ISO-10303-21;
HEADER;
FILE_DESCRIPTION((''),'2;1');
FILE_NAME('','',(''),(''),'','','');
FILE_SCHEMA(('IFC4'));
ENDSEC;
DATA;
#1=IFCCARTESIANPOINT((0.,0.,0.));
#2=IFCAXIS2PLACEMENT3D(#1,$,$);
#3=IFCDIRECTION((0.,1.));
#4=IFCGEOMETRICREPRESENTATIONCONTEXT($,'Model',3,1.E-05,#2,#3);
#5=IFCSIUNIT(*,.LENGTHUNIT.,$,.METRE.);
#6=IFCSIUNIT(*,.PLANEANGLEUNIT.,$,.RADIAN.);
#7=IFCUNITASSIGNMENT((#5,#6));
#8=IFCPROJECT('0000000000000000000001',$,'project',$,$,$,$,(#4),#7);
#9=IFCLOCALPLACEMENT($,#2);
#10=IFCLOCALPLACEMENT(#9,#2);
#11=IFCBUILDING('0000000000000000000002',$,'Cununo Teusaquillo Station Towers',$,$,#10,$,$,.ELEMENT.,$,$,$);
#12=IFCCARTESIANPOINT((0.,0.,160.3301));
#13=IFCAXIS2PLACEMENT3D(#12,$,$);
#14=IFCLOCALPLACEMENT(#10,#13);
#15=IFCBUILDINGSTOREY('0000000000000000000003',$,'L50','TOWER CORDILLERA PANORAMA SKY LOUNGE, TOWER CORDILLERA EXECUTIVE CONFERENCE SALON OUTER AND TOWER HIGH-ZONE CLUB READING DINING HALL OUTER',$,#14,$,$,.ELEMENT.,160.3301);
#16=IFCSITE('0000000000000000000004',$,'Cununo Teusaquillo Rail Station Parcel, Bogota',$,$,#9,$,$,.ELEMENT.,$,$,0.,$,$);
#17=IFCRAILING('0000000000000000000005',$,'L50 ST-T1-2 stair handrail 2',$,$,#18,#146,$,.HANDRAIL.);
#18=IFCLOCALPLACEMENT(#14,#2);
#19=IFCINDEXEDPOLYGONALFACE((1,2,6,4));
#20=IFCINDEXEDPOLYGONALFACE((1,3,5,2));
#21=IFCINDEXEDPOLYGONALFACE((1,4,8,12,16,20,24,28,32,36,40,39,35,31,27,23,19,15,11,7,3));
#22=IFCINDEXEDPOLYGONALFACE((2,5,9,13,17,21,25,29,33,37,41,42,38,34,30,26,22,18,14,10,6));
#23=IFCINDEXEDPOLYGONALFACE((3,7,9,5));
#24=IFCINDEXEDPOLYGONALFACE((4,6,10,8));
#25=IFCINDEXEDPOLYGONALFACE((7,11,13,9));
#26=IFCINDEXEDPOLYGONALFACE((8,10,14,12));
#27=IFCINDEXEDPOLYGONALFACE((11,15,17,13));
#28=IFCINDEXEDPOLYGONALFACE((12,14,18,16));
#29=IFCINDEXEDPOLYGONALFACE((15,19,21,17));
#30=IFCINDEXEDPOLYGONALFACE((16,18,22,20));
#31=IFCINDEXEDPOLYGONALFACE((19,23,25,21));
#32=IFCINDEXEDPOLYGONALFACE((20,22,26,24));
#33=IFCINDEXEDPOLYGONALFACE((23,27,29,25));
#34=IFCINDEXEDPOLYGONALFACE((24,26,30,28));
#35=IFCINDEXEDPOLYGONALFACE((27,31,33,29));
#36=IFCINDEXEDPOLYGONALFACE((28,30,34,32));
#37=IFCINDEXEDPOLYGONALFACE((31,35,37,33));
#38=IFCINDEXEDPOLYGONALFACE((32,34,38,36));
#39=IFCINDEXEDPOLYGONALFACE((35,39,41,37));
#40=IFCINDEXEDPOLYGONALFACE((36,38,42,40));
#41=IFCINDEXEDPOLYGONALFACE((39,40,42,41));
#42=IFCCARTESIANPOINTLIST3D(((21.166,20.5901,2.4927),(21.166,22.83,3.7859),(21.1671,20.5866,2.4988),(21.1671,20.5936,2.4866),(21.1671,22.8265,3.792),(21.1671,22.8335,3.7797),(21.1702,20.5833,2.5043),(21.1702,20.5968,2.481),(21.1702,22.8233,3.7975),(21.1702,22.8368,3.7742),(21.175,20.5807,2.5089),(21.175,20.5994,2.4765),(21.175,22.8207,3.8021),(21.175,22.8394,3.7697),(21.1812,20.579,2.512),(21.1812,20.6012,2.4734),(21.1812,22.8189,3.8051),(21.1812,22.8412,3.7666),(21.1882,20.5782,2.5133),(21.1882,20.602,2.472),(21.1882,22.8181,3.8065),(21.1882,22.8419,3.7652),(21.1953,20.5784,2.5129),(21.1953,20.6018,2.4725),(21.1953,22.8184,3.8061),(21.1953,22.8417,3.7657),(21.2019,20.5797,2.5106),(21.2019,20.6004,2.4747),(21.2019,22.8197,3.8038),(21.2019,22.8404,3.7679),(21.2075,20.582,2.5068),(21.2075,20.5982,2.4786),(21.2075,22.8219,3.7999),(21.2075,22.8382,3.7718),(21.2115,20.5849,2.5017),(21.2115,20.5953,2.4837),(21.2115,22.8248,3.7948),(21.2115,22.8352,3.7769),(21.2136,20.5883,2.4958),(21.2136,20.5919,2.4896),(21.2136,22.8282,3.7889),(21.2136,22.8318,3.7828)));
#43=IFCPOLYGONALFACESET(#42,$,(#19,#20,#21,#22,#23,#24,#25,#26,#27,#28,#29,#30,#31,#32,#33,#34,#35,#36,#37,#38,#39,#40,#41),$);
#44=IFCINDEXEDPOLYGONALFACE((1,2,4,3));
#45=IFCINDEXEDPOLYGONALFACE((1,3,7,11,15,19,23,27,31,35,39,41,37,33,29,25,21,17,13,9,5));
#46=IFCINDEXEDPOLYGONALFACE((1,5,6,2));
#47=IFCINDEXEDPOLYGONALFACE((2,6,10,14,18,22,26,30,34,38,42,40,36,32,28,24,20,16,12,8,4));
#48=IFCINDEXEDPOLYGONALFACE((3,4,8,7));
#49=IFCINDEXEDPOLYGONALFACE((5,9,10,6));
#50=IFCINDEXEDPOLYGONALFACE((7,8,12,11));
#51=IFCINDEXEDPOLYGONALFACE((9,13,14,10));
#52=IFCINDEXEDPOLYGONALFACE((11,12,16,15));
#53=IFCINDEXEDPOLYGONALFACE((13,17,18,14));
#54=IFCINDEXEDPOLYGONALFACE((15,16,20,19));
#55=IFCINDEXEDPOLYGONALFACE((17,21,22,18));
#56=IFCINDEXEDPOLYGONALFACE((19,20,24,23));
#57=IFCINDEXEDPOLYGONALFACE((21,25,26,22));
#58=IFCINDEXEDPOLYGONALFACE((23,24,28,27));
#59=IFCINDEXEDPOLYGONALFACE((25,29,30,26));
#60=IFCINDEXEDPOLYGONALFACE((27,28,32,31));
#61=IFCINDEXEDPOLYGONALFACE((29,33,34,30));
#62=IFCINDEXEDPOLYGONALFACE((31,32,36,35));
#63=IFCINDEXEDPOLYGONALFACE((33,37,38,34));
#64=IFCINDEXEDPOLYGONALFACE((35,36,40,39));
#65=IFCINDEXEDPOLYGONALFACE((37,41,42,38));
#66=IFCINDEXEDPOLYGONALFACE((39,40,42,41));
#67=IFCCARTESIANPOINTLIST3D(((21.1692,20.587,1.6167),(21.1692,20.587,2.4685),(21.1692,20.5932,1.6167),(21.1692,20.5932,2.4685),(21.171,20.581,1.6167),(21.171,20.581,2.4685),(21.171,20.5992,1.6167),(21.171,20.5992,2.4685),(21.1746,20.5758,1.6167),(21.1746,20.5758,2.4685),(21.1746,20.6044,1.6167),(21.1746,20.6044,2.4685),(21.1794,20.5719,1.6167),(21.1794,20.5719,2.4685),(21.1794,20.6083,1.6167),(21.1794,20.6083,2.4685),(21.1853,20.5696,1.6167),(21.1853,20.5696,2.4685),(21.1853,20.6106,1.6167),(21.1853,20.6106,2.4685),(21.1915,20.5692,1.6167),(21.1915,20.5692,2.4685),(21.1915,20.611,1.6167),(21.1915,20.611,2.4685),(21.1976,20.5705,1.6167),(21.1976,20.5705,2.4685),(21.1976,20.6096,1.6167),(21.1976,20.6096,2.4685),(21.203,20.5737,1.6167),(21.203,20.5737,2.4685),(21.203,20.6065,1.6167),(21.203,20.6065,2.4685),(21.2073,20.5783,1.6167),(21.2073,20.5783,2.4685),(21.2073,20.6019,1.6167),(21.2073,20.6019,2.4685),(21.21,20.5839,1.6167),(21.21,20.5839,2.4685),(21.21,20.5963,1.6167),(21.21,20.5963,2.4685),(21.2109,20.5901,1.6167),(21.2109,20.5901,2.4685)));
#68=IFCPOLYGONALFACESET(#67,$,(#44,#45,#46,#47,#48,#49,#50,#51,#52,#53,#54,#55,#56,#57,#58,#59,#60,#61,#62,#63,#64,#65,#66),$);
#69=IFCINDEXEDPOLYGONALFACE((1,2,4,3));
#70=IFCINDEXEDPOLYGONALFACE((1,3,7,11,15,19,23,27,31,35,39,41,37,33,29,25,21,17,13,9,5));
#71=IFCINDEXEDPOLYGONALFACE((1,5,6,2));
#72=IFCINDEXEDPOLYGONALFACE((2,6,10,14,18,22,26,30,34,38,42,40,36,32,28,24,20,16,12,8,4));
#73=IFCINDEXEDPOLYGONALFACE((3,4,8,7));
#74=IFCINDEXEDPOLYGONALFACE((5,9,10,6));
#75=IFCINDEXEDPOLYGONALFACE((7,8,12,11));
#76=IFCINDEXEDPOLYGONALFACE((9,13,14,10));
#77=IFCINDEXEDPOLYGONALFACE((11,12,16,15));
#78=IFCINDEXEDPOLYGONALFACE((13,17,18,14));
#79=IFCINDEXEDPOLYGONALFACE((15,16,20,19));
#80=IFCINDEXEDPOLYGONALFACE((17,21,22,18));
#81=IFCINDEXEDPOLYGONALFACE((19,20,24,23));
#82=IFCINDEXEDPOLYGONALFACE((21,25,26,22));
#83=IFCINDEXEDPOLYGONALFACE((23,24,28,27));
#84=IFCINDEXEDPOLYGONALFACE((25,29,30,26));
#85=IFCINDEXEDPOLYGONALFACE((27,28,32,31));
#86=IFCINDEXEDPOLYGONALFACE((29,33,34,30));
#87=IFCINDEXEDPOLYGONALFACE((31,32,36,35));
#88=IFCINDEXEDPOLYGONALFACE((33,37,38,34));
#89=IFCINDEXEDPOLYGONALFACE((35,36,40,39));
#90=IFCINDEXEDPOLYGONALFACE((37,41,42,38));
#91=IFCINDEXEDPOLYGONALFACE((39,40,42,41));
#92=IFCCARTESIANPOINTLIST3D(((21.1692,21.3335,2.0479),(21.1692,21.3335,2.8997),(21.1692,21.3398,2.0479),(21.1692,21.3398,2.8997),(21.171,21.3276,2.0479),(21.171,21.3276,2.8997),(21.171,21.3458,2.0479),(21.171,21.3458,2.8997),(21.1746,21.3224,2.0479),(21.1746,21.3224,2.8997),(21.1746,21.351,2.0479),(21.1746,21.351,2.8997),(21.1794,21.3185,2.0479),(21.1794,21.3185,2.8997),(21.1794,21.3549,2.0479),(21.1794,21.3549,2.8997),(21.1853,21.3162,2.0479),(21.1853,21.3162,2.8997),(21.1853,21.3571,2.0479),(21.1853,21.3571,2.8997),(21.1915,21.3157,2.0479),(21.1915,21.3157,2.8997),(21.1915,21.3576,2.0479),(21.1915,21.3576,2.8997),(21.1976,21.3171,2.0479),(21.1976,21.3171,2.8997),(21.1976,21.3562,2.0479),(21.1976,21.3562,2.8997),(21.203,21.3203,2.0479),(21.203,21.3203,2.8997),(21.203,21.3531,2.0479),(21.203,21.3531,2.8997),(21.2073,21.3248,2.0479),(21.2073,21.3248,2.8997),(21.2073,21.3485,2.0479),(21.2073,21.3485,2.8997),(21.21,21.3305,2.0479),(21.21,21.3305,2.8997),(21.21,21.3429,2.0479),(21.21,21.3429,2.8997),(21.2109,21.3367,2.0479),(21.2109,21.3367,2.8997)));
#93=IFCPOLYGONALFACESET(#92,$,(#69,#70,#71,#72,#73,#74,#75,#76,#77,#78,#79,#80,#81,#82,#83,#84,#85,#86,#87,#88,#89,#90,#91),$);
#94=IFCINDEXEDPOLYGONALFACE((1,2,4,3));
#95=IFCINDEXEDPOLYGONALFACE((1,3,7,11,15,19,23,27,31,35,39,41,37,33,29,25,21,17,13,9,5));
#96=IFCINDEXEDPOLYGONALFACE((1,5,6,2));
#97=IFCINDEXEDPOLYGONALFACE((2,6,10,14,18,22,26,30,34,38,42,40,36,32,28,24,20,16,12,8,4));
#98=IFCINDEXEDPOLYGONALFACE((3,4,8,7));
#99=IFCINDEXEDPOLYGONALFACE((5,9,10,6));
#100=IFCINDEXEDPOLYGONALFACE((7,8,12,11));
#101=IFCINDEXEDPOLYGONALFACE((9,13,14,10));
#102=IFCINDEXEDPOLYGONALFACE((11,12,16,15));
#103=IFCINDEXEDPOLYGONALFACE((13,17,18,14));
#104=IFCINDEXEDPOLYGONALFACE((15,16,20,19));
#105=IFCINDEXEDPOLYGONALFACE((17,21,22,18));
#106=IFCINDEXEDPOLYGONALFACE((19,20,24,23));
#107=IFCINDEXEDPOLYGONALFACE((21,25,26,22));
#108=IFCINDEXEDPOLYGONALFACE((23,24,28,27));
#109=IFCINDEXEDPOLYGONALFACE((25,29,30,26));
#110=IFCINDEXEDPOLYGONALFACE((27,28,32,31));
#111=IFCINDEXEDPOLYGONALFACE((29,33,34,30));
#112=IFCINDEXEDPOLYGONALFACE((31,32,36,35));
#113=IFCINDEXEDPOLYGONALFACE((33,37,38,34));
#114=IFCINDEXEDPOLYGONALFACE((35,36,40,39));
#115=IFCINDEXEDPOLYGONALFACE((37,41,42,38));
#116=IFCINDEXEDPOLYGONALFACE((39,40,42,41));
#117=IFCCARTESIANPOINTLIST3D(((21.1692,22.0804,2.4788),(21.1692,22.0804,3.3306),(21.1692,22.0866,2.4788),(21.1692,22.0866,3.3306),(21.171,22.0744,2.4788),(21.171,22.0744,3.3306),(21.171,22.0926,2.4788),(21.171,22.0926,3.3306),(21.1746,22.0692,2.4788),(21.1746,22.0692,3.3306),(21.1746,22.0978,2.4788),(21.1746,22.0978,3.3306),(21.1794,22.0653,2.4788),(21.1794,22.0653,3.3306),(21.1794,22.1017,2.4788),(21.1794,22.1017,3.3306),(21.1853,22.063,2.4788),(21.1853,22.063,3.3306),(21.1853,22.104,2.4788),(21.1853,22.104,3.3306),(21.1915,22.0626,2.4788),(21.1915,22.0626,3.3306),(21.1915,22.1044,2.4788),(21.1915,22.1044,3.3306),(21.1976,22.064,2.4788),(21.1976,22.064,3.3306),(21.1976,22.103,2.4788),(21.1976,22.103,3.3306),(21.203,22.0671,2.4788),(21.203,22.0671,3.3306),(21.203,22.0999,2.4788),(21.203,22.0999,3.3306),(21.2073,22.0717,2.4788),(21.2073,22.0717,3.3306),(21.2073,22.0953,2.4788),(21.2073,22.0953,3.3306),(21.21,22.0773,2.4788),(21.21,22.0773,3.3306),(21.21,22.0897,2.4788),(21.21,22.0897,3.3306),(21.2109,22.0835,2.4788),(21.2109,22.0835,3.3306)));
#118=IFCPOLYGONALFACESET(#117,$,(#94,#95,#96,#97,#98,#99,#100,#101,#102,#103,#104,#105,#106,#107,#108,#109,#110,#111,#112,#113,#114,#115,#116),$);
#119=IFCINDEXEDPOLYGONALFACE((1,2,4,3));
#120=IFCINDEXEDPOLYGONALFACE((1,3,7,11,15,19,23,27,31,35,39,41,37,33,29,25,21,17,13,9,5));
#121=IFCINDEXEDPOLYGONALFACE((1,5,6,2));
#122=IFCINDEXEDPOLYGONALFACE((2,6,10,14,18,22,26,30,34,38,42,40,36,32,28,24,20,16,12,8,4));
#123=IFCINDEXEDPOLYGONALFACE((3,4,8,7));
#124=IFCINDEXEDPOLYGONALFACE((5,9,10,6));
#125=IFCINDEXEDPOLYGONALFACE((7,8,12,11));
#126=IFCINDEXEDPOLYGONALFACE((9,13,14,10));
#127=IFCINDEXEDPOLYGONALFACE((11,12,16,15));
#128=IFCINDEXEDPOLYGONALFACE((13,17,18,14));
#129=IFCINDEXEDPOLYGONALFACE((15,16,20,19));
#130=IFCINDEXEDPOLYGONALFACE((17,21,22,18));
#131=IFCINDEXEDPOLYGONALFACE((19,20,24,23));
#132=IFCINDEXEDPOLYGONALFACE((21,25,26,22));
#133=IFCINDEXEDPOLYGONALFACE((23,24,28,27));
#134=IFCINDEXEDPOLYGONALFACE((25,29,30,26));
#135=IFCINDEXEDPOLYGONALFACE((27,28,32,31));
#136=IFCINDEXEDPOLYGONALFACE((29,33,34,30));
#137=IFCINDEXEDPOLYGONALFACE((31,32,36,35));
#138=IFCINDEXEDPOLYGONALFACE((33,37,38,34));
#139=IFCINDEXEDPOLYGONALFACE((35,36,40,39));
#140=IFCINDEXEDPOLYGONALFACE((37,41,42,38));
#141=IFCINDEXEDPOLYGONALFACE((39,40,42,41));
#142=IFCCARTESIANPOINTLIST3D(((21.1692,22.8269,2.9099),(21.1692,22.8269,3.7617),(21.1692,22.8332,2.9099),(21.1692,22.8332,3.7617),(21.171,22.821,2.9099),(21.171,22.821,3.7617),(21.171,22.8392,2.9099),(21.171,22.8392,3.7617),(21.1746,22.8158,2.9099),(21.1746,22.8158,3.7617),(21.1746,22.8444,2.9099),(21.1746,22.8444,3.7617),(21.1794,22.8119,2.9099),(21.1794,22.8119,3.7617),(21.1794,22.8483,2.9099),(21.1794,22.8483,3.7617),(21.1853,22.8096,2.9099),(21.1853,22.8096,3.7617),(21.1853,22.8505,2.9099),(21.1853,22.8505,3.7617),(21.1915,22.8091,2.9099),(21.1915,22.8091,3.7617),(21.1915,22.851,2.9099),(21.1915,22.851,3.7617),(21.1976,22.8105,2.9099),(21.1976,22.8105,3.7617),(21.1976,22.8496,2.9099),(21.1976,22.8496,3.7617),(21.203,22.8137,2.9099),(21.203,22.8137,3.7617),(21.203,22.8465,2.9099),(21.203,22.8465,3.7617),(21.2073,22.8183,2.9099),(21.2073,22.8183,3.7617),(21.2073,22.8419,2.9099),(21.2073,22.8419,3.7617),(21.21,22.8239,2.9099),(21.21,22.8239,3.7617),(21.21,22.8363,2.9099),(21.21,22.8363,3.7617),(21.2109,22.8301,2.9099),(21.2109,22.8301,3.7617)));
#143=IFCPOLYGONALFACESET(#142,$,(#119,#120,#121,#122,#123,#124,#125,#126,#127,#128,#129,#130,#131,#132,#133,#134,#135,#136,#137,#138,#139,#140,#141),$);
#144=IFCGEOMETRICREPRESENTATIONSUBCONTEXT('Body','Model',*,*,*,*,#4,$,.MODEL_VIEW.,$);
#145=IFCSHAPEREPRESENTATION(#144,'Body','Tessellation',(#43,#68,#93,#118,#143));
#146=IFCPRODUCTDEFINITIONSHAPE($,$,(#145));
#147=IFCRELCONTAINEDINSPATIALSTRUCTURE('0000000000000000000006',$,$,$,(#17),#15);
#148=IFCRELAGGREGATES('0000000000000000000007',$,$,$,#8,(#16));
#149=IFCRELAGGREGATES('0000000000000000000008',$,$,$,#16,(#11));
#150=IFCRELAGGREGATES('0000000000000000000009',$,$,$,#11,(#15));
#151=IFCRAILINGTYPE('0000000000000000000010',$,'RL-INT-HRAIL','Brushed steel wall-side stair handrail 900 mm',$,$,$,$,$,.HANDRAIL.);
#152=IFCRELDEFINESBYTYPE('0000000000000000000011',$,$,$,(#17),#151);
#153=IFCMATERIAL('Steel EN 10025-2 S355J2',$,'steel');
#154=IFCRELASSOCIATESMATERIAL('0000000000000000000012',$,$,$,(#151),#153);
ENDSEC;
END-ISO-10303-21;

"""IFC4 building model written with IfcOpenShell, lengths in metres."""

from ifc_helpers import new_model, si_unit, direction, frame, origin, origin_2d, place, context, subcontext, project, spatial, circle, extrude, material, type_object, element, save


model = new_model("IFC4")

# Units and contexts
model_context = context("Model", 3, precision=1e-05, world=origin(), true_north=direction((0.0, 1.0)))
body_context = subcontext(model_context, "Body", "Model", "MODEL_VIEW")
ifc_project = project(units=[si_unit("LENGTHUNIT", "METRE"), si_unit("PLANEANGLEUNIT", "RADIAN")], contexts=[model_context])

# Site, building, storey
site_placement = place(None, origin())
site = spatial("IfcSite", under=ifc_project, at=site_placement, Name="Cununo Teusaquillo Rail Station Parcel, Bogota", CompositionType="ELEMENT", RefElevation=0.0)
building_placement = place(site_placement, origin())
building = spatial("IfcBuilding", under=site, at=building_placement, Name="Cununo Teusaquillo Station Towers", CompositionType="ELEMENT")
storey_placement = place(building_placement, frame((0.0, 0.0, 160.3301)))
storey = spatial("IfcBuildingStorey", under=building, at=storey_placement, Name="L50", Description="TOWER CORDILLERA PANORAMA SKY LOUNGE, TOWER CORDILLERA EXECUTIVE CONFERENCE SALON OUTER AND TOWER HIGH-ZONE CLUB READING DINING HALL OUTER", CompositionType="ELEMENT", Elevation=160.3301)

# Railing
ifc_material_1 = material(Name="Steel EN 10025-2 S355J2", Category="steel")
railing_type_1 = type_object("IfcRailingType", Name="RL-INT-HRAIL", Description="Brushed steel wall-side stair handrail 900 mm", PredefinedType="HANDRAIL", material=ifc_material_1)
railing_1_placement = place(storey_placement, frame((21.1899, 20.5901, 1.6167)))
element("IfcRailing", 1, at=railing_1_placement, inside=storey, type_object=railing_type_1, Name="L50 ST-T1-2 stair handrail 2", PredefinedType="HANDRAIL", context=body_context, shape_type="SweptSolid", body=[
    extrude(circle(Radius=0.0239, at=origin_2d()), frame((0.0, 0.0, 0.876), z_axis=(0.0, 0.866033, 0.499987), x_axis=(-1.0, 0.0, 0.0)), (0.0, 0.0, 1.0), 2.5864),
    extrude(circle(Radius=0.021, at=origin_2d()), origin(), (0.0, 0.0, 1.0), 0.8518),
    extrude(circle(Radius=0.021, at=origin_2d()), frame((0.0, 0.7466, 0.4312)), (0.0, 0.0, 1.0), 0.8518),
    extrude(circle(Radius=0.021, at=origin_2d()), frame((0.0, 1.4934, 0.8621)), (0.0, 0.0, 1.0), 0.8518),
    extrude(circle(Radius=0.021, at=origin_2d()), frame((0.0, 2.24, 1.2932)), (0.0, 0.0, 1.0), 0.8518),
])

save(model, "model.ifc")
